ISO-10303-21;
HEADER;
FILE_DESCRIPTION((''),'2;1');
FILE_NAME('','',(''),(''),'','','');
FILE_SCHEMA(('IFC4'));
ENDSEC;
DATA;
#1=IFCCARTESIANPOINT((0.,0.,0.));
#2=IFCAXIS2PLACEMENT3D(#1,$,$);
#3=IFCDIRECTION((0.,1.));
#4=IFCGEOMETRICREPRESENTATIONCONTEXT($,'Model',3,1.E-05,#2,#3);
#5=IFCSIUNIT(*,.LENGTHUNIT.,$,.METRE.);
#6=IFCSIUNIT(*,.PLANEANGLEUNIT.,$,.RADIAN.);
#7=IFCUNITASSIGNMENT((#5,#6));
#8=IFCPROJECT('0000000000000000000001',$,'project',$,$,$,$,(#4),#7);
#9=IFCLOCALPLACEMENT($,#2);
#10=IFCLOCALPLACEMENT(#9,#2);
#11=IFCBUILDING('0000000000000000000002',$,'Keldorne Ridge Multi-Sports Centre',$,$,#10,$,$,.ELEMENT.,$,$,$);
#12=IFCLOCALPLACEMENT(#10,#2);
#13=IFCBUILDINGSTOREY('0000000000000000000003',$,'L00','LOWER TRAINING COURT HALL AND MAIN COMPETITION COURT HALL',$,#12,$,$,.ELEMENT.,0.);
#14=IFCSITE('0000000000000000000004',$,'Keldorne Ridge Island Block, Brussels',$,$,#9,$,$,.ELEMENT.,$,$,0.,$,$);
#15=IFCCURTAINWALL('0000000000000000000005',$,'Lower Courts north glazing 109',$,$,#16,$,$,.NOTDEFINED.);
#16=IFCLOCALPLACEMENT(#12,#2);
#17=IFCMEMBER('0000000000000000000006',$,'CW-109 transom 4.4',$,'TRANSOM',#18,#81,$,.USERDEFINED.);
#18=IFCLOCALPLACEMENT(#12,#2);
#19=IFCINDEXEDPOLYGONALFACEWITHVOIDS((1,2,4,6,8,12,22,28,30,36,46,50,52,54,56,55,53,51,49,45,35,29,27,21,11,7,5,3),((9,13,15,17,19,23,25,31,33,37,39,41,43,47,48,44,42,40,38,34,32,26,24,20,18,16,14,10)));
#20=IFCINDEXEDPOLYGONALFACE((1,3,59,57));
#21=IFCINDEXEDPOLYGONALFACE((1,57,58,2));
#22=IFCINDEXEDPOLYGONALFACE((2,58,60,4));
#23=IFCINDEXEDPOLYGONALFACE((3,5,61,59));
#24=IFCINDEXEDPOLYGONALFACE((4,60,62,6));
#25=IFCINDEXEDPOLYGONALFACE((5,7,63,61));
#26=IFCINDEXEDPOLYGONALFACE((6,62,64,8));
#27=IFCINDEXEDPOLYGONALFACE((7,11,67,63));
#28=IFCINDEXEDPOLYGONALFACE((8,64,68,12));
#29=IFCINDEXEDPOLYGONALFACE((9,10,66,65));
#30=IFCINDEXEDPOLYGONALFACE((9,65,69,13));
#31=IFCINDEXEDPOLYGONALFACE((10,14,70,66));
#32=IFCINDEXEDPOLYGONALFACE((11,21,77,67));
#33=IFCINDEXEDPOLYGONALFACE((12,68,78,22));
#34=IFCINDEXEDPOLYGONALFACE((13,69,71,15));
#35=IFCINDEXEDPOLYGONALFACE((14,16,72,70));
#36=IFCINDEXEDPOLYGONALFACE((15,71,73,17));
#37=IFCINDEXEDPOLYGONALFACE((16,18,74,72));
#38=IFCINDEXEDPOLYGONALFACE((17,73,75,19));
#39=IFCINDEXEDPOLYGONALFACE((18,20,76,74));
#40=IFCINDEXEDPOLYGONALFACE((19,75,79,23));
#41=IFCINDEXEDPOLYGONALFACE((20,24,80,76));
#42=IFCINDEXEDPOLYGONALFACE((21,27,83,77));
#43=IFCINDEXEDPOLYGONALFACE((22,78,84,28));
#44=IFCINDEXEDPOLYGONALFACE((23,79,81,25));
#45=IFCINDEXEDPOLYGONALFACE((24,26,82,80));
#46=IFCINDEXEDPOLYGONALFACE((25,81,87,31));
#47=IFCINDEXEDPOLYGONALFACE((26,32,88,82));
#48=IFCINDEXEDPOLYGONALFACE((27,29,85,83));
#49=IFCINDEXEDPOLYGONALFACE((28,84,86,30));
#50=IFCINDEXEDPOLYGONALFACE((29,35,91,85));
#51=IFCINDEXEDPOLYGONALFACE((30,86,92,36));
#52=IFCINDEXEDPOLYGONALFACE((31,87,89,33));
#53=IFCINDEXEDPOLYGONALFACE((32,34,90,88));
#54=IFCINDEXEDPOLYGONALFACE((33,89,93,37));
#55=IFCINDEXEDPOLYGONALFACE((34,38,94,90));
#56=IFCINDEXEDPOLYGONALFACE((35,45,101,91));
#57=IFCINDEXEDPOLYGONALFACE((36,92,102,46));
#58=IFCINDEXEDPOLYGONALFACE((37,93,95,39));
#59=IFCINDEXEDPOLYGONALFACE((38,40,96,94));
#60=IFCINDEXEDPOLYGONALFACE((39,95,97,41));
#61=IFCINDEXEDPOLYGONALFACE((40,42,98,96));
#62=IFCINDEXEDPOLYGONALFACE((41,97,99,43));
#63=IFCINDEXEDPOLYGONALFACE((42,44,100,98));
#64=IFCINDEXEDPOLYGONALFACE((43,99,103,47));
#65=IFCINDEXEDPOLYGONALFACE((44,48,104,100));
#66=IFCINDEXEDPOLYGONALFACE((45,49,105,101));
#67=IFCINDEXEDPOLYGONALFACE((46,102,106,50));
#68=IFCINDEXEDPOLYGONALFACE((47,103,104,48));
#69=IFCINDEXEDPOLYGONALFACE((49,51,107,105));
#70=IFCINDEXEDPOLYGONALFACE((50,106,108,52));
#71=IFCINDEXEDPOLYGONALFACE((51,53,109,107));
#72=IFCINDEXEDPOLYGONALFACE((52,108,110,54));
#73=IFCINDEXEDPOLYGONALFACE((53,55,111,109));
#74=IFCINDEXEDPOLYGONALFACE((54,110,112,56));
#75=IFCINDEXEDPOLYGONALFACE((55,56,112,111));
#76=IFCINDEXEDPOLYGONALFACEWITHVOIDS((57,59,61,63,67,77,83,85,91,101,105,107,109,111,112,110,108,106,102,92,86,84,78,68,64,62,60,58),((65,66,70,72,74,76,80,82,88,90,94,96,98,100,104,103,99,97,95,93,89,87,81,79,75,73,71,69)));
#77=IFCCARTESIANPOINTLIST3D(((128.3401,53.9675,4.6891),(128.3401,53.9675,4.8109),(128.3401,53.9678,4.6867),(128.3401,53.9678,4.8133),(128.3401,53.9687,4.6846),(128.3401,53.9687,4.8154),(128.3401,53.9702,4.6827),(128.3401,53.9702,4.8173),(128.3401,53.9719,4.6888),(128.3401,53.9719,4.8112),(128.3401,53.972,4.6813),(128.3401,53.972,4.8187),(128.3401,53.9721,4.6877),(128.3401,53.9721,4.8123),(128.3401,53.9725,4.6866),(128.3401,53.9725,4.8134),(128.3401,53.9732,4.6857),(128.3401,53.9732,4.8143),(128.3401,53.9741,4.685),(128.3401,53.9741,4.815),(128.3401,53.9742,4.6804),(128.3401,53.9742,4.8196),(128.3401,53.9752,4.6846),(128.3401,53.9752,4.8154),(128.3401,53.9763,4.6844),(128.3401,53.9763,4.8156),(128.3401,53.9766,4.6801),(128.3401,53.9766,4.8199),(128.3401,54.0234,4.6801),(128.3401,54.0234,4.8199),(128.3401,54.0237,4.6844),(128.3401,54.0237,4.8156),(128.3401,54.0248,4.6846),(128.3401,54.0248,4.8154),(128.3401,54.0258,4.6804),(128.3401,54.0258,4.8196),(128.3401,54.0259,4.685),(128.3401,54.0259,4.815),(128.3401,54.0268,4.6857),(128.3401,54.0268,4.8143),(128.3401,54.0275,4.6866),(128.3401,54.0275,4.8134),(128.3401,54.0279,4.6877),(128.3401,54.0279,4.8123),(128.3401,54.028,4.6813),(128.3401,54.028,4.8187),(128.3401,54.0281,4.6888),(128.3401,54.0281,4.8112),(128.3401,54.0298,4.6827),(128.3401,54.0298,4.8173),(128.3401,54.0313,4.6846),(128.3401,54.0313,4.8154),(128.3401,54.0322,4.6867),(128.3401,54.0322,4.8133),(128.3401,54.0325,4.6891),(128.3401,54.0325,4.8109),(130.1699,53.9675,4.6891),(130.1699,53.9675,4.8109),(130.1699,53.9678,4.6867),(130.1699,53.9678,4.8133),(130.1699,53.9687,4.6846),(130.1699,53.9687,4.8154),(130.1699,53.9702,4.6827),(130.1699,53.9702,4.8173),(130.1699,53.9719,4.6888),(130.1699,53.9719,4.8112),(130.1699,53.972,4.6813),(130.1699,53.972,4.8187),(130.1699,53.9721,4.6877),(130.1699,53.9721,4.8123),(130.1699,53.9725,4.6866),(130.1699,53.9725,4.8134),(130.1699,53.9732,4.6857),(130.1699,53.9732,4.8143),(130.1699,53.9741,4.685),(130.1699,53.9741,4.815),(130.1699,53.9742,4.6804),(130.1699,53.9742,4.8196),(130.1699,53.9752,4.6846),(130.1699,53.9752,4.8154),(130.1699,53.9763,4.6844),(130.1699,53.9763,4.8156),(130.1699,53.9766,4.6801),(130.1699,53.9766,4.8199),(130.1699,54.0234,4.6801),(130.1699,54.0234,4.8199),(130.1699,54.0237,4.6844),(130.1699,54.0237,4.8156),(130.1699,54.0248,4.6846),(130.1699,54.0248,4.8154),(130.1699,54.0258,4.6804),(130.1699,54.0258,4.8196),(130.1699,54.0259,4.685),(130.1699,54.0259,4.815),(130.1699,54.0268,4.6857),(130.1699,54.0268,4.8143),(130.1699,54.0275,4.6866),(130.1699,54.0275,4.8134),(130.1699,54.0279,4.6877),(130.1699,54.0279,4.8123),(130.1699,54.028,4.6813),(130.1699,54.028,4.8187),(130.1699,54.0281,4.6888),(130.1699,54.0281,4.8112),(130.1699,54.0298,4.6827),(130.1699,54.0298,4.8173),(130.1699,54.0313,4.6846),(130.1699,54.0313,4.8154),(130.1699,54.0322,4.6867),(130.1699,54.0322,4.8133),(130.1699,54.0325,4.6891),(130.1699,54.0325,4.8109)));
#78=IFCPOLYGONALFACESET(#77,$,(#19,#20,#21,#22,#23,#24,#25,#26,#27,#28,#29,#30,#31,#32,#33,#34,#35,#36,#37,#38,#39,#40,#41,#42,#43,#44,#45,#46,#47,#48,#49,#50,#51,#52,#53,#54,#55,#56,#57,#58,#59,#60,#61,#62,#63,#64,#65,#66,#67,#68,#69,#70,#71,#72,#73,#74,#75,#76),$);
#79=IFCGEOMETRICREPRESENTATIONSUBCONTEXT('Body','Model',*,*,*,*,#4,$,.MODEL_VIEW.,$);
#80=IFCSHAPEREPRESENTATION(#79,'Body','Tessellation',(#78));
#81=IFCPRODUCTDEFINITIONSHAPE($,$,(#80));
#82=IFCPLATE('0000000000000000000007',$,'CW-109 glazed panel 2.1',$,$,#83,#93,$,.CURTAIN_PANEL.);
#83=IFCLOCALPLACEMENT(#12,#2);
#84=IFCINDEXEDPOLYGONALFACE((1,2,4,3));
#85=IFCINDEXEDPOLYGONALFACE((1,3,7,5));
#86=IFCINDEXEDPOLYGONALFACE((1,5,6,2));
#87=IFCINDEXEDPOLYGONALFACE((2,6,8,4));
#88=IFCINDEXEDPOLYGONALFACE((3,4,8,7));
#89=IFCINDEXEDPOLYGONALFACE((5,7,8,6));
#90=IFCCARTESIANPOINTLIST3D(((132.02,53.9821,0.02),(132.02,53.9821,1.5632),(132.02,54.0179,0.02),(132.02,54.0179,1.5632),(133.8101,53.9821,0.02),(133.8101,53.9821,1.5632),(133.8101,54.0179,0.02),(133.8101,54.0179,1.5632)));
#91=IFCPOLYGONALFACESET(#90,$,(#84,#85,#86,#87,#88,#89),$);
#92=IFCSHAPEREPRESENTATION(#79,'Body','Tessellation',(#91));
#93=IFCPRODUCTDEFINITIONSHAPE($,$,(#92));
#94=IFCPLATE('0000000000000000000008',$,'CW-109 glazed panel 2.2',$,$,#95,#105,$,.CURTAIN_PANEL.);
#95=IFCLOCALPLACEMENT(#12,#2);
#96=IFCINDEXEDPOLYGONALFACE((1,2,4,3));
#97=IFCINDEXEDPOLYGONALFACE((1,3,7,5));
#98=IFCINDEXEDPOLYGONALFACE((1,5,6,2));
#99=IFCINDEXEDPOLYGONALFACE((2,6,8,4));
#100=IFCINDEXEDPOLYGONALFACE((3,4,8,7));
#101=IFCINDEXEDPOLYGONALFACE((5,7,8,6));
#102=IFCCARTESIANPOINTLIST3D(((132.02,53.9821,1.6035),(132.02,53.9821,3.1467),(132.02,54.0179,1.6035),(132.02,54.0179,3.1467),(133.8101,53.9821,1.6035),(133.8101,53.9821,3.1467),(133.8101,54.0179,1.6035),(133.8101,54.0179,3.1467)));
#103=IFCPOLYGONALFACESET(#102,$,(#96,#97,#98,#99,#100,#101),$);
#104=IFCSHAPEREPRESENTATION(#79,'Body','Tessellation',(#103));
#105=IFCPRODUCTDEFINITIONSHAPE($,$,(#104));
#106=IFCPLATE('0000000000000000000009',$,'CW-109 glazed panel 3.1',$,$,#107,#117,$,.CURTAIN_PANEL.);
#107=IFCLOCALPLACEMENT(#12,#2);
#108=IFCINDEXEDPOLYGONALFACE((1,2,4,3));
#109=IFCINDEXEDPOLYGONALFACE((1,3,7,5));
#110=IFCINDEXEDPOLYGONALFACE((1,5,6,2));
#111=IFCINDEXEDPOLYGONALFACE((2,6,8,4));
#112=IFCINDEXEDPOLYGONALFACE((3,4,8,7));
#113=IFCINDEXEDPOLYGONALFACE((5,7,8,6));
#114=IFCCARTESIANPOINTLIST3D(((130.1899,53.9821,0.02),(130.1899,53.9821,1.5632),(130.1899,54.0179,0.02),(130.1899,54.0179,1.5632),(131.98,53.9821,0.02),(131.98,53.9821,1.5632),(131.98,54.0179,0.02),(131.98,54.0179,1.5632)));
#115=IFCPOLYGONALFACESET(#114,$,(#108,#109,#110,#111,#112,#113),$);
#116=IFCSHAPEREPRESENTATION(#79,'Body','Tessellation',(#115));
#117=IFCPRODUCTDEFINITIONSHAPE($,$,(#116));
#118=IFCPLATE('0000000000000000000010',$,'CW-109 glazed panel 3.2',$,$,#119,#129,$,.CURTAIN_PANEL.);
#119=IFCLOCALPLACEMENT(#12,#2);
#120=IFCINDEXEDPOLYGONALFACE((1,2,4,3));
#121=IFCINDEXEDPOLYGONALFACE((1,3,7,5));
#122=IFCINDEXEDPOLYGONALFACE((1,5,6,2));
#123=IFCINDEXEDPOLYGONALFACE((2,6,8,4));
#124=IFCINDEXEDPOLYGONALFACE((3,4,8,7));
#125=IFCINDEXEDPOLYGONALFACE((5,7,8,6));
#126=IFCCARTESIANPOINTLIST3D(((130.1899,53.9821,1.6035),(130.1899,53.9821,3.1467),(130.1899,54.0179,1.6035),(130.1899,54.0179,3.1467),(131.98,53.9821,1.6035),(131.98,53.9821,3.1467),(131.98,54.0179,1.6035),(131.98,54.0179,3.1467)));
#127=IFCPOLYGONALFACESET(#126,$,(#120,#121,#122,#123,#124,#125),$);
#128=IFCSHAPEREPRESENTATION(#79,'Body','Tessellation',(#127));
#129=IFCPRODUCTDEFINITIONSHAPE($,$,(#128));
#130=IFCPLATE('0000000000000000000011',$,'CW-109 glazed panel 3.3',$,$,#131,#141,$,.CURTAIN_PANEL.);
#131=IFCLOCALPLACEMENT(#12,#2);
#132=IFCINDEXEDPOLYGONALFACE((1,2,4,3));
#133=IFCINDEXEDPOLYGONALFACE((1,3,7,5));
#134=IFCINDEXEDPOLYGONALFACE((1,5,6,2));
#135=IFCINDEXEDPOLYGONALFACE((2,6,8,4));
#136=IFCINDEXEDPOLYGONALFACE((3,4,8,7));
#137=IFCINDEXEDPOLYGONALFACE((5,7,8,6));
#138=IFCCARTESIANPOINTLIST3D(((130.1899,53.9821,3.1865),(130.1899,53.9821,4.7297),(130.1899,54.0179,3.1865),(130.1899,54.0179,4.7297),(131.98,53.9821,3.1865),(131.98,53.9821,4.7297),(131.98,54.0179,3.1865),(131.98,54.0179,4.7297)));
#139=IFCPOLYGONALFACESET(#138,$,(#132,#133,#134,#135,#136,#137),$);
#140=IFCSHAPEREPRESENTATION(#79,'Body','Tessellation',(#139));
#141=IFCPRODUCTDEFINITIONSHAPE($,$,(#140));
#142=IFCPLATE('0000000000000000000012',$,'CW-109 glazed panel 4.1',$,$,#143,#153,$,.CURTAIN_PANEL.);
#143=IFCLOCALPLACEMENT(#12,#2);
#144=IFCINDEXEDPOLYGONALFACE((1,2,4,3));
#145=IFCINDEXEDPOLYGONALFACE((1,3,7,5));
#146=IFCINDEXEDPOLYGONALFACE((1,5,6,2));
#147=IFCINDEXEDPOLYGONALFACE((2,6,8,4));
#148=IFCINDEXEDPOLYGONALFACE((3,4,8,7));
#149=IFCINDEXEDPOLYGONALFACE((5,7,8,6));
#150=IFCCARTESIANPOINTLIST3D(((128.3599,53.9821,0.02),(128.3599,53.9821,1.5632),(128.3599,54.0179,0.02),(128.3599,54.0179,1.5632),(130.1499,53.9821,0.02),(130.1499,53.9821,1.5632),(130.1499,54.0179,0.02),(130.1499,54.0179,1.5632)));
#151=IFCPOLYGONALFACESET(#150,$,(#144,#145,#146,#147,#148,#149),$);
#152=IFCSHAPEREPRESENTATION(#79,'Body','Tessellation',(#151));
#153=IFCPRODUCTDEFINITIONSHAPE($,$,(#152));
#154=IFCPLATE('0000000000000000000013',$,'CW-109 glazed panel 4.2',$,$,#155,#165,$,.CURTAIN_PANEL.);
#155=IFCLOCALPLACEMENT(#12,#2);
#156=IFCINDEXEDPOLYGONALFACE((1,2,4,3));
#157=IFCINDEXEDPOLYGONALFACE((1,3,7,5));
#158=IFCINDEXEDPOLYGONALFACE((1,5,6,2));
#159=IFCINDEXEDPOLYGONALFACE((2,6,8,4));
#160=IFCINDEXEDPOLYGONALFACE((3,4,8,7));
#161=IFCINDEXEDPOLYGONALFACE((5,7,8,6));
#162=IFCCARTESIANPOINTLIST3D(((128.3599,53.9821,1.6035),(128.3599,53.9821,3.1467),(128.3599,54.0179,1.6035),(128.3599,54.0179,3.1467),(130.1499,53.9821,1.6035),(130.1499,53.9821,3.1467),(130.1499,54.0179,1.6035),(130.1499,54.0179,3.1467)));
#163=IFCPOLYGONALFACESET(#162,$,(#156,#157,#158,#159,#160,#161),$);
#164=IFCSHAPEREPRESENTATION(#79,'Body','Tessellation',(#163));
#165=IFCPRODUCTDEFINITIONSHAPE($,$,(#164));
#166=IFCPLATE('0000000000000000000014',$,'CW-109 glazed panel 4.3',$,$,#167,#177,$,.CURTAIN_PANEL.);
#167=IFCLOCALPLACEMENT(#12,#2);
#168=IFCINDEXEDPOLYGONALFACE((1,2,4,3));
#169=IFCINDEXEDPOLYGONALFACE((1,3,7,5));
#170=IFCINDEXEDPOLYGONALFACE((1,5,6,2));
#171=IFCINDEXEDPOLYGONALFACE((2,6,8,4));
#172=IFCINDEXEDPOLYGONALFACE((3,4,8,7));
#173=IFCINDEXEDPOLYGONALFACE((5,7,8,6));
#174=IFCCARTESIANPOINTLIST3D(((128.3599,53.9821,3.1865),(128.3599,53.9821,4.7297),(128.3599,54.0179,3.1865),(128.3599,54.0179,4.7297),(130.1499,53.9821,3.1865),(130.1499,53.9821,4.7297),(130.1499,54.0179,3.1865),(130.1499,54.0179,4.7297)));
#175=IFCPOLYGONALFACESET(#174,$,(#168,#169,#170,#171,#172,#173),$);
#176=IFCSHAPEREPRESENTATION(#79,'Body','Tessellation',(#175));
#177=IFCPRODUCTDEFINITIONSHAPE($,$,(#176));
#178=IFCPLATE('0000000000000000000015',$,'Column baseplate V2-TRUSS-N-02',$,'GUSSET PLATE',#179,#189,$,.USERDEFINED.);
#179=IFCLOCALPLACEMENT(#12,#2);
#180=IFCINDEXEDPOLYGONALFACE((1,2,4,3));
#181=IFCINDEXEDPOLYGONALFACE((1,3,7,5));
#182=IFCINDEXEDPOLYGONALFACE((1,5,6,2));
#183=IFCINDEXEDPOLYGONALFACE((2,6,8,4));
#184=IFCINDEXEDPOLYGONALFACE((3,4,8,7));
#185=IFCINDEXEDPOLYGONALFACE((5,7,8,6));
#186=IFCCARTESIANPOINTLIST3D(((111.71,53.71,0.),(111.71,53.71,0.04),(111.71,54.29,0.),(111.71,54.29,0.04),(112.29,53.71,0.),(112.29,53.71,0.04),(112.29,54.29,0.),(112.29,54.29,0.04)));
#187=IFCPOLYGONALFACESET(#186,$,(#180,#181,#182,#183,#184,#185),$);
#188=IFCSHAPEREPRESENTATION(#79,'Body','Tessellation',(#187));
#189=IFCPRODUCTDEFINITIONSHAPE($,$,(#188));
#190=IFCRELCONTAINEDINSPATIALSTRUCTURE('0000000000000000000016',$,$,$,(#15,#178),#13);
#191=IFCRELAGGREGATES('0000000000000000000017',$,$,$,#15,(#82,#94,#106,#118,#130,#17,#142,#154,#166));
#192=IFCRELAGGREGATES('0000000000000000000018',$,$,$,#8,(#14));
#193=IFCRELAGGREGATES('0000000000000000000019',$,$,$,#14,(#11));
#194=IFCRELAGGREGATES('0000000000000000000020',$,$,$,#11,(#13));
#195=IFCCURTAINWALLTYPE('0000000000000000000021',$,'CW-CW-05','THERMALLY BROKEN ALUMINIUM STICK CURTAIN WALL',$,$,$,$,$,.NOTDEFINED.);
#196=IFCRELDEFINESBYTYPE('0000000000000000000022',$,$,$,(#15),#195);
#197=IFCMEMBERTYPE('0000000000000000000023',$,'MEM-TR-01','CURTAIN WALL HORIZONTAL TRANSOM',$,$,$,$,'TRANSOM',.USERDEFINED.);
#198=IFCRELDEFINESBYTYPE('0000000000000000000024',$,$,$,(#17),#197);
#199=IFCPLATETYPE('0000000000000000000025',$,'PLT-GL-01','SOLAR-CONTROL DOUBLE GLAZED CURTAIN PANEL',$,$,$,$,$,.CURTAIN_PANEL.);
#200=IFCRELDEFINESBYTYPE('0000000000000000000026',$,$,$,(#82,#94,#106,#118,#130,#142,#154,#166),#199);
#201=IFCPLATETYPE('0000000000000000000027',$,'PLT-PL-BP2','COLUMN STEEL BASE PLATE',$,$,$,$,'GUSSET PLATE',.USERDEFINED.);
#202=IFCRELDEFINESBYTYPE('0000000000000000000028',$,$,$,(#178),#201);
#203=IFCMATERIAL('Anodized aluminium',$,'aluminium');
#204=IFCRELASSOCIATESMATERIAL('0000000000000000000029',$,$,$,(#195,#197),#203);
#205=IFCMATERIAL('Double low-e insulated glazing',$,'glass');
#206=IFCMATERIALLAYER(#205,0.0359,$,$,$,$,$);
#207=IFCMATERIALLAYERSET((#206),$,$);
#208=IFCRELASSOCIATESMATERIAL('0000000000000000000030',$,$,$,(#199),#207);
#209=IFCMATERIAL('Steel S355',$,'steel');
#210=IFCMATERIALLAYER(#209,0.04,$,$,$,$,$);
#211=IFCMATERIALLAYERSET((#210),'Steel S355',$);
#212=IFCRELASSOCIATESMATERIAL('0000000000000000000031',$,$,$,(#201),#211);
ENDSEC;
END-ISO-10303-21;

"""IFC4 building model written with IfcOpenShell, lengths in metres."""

from ifc_helpers import new_model, si_unit, direction, frame, origin, origin_2d, place, context, subcontext, project, spatial, rectangle, hollow_rectangle, extrude, material, layer, layer_set, material_profile, profile_set, type_object, element, aggregate, save


model = new_model("IFC4")

# Units and contexts
model_context = context("Model", 3, precision=1e-05, world=origin(), true_north=direction((0.0, 1.0)))
body_context = subcontext(model_context, "Body", "Model", "MODEL_VIEW")
ifc_project = project(units=[si_unit("LENGTHUNIT", "METRE"), si_unit("PLANEANGLEUNIT", "RADIAN")], contexts=[model_context])

# Site, building, storey
site_placement = place(None, origin())
site = spatial("IfcSite", under=ifc_project, at=site_placement, Name="Keldorne Ridge Island Block, Brussels", CompositionType="ELEMENT", RefElevation=0.0)
building_placement = place(site_placement, origin())
building = spatial("IfcBuilding", under=site, at=building_placement, Name="Keldorne Ridge Multi-Sports Centre", CompositionType="ELEMENT")
storey_placement = place(building_placement, origin())
storey = spatial("IfcBuildingStorey", under=building, at=storey_placement, Name="L00", Description="LOWER TRAINING COURT HALL AND MAIN COMPETITION COURT HALL", CompositionType="ELEMENT", Elevation=0.0)

# Shared definitions
ifc_material_1 = material(Name="Steel S355", Category="steel")

# Curtain wall, member, plates
ifc_material_2 = material(Name="Anodized aluminium", Category="aluminium")
curtain_wall_type = type_object("IfcCurtainWallType", Name="CW-CW-05", Description="THERMALLY BROKEN ALUMINIUM STICK CURTAIN WALL", PredefinedType="NOTDEFINED", material=ifc_material_2)
curtain_wall_placement = place(storey_placement, origin())
curtain_wall = element("IfcCurtainWall", 1, at=curtain_wall_placement, inside=storey, type_object=curtain_wall_type, Name="Lower Courts north glazing 109", PredefinedType="NOTDEFINED")
ifc_material_profile_1 = material_profile(ifc_material_2, hollow_rectangle(XDim=0.0649, YDim=0.1399, WallThickness=0.0044, InnerFilletRadius=0.0044, OuterFilletRadius=0.009, at=origin_2d()), Name="ALU TRANSOM 140x65x4.5")
ifc_profile_set_1 = profile_set([ifc_material_profile_1], Name="Anodized aluminium")
member_type_1 = type_object("IfcMemberType", Name="MEM-TR-01", Description="CURTAIN WALL HORIZONTAL TRANSOM", ElementType="TRANSOM", PredefinedType="USERDEFINED", material=ifc_profile_set_1)
member_1_placement = place(storey_placement, frame((130.1699, 54.0, 4.75), z_axis=(-1.0, 0.0, 0.0), x_axis=(0.0, -1.0, 0.0)))
member_1 = element("IfcMember", 2, at=member_1_placement, type_object=member_type_1, Name="CW-109 transom 4.4", ObjectType="TRANSOM", PredefinedType="USERDEFINED", context=body_context, shape_type="SweptSolid", body=[
    extrude(hollow_rectangle(XDim=0.0649, YDim=0.1399, WallThickness=0.0044, InnerFilletRadius=0.0044, OuterFilletRadius=0.009, at=origin_2d()), origin(), (0.0, 0.0, 1.0), 1.8298),
])
ifc_material_3 = material(Name="Double low-e insulated glazing", Category="glass")
ifc_layer_1 = layer(ifc_material_3, 0.0359)
ifc_layer_set_1 = layer_set([ifc_layer_1])
plate_type_1 = type_object("IfcPlateType", Name="PLT-GL-01", Description="SOLAR-CONTROL DOUBLE GLAZED CURTAIN PANEL", PredefinedType="CURTAIN_PANEL", material=ifc_layer_set_1)
plate_1_placement = place(storey_placement, frame((132.915, 54.0, 0.02), z_axis=(0.0, 0.0, 1.0), x_axis=(-1.0, 0.0, 0.0)))
plate_1 = element("IfcPlate", 3, at=plate_1_placement, type_object=plate_type_1, Name="CW-109 glazed panel 2.1", PredefinedType="CURTAIN_PANEL", context=body_context, shape_type="SweptSolid", body=[
    extrude(rectangle(XDim=1.79, YDim=0.0359, at=origin_2d()), origin(), (0.0, 0.0, 1.0), 1.5432),
])
plate_2_placement = place(storey_placement, frame((132.915, 54.0, 1.6035), z_axis=(0.0, 0.0, 1.0), x_axis=(-1.0, 0.0, 0.0)))
plate_2 = element("IfcPlate", 4, at=plate_2_placement, type_object=plate_type_1, Name="CW-109 glazed panel 2.2", PredefinedType="CURTAIN_PANEL", context=body_context, shape_type="SweptSolid", body=[
    extrude(rectangle(XDim=1.79, YDim=0.0359, at=origin_2d()), origin(), (0.0, 0.0, 1.0), 1.5432),
])
plate_3_placement = place(storey_placement, frame((131.085, 54.0, 0.02), z_axis=(0.0, 0.0, 1.0), x_axis=(-1.0, 0.0, 0.0)))
plate_3 = element("IfcPlate", 5, at=plate_3_placement, type_object=plate_type_1, Name="CW-109 glazed panel 3.1", PredefinedType="CURTAIN_PANEL", context=body_context, shape_type="SweptSolid", body=[
    extrude(rectangle(XDim=1.79, YDim=0.0359, at=origin_2d()), origin(), (0.0, 0.0, 1.0), 1.5432),
])
plate_4_placement = place(storey_placement, frame((131.085, 54.0, 1.6035), z_axis=(0.0, 0.0, 1.0), x_axis=(-1.0, 0.0, 0.0)))
plate_4 = element("IfcPlate", 6, at=plate_4_placement, type_object=plate_type_1, Name="CW-109 glazed panel 3.2", PredefinedType="CURTAIN_PANEL", context=body_context, shape_type="SweptSolid", body=[
    extrude(rectangle(XDim=1.79, YDim=0.0359, at=origin_2d()), origin(), (0.0, 0.0, 1.0), 1.5432),
])
plate_5_placement = place(storey_placement, frame((131.085, 54.0, 3.1865), z_axis=(0.0, 0.0, 1.0), x_axis=(-1.0, 0.0, 0.0)))
plate_5 = element("IfcPlate", 7, at=plate_5_placement, type_object=plate_type_1, Name="CW-109 glazed panel 3.3", PredefinedType="CURTAIN_PANEL", context=body_context, shape_type="SweptSolid", body=[
    extrude(rectangle(XDim=1.79, YDim=0.0359, at=origin_2d()), origin(), (0.0, 0.0, 1.0), 1.5432),
])
plate_6_placement = place(storey_placement, frame((129.2549, 54.0, 0.02), z_axis=(0.0, 0.0, 1.0), x_axis=(-1.0, 0.0, 0.0)))
plate_6 = element("IfcPlate", 8, at=plate_6_placement, type_object=plate_type_1, Name="CW-109 glazed panel 4.1", PredefinedType="CURTAIN_PANEL", context=body_context, shape_type="SweptSolid", body=[
    extrude(rectangle(XDim=1.79, YDim=0.0359, at=origin_2d()), origin(), (0.0, 0.0, 1.0), 1.5432),
])
plate_7_placement = place(storey_placement, frame((129.2549, 54.0, 1.6035), z_axis=(0.0, 0.0, 1.0), x_axis=(-1.0, 0.0, 0.0)))
plate_7 = element("IfcPlate", 9, at=plate_7_placement, type_object=plate_type_1, Name="CW-109 glazed panel 4.2", PredefinedType="CURTAIN_PANEL", context=body_context, shape_type="SweptSolid", body=[
    extrude(rectangle(XDim=1.79, YDim=0.0359, at=origin_2d()), origin(), (0.0, 0.0, 1.0), 1.5432),
])
plate_8_placement = place(storey_placement, frame((129.2549, 54.0, 3.1865), z_axis=(0.0, 0.0, 1.0), x_axis=(-1.0, 0.0, 0.0)))
plate_8 = element("IfcPlate", 10, at=plate_8_placement, type_object=plate_type_1, Name="CW-109 glazed panel 4.3", PredefinedType="CURTAIN_PANEL", context=body_context, shape_type="SweptSolid", body=[
    extrude(rectangle(XDim=1.79, YDim=0.0359, at=origin_2d()), origin(), (0.0, 0.0, 1.0), 1.5432),
])
aggregate(curtain_wall, [plate_1, plate_2, plate_3, plate_4, plate_5, member_1, plate_6, plate_7, plate_8])

# Plate
ifc_layer_2 = layer(ifc_material_1, 0.04)
ifc_layer_set_2 = layer_set([ifc_layer_2], Name="Steel S355")
plate_type_2 = type_object("IfcPlateType", Name="PLT-PL-BP2", Description="COLUMN STEEL BASE PLATE", ElementType="GUSSET PLATE", PredefinedType="USERDEFINED", material=ifc_layer_set_2)
for number, where, z_axis, x_axis, name in (
    (11, (112.0, 54.0, 0.0), (0.0, 0.0, 1.0), (1.0, 0.0, 0.0), "Column baseplate V2-TRUSS-N-02"),
):
    element("IfcPlate", number, at=place(storey_placement, frame(where, z_axis=z_axis, x_axis=x_axis)), inside=storey, type_object=plate_type_2, Name=name, ObjectType="GUSSET PLATE", PredefinedType="USERDEFINED", context=body_context, shape_type="SweptSolid", body=[
        extrude(rectangle(XDim=0.5801, YDim=0.5801, at=origin_2d()), origin(), (0.0, 0.0, 1.0), 0.04),
    ])

save(model, "model.ifc")
